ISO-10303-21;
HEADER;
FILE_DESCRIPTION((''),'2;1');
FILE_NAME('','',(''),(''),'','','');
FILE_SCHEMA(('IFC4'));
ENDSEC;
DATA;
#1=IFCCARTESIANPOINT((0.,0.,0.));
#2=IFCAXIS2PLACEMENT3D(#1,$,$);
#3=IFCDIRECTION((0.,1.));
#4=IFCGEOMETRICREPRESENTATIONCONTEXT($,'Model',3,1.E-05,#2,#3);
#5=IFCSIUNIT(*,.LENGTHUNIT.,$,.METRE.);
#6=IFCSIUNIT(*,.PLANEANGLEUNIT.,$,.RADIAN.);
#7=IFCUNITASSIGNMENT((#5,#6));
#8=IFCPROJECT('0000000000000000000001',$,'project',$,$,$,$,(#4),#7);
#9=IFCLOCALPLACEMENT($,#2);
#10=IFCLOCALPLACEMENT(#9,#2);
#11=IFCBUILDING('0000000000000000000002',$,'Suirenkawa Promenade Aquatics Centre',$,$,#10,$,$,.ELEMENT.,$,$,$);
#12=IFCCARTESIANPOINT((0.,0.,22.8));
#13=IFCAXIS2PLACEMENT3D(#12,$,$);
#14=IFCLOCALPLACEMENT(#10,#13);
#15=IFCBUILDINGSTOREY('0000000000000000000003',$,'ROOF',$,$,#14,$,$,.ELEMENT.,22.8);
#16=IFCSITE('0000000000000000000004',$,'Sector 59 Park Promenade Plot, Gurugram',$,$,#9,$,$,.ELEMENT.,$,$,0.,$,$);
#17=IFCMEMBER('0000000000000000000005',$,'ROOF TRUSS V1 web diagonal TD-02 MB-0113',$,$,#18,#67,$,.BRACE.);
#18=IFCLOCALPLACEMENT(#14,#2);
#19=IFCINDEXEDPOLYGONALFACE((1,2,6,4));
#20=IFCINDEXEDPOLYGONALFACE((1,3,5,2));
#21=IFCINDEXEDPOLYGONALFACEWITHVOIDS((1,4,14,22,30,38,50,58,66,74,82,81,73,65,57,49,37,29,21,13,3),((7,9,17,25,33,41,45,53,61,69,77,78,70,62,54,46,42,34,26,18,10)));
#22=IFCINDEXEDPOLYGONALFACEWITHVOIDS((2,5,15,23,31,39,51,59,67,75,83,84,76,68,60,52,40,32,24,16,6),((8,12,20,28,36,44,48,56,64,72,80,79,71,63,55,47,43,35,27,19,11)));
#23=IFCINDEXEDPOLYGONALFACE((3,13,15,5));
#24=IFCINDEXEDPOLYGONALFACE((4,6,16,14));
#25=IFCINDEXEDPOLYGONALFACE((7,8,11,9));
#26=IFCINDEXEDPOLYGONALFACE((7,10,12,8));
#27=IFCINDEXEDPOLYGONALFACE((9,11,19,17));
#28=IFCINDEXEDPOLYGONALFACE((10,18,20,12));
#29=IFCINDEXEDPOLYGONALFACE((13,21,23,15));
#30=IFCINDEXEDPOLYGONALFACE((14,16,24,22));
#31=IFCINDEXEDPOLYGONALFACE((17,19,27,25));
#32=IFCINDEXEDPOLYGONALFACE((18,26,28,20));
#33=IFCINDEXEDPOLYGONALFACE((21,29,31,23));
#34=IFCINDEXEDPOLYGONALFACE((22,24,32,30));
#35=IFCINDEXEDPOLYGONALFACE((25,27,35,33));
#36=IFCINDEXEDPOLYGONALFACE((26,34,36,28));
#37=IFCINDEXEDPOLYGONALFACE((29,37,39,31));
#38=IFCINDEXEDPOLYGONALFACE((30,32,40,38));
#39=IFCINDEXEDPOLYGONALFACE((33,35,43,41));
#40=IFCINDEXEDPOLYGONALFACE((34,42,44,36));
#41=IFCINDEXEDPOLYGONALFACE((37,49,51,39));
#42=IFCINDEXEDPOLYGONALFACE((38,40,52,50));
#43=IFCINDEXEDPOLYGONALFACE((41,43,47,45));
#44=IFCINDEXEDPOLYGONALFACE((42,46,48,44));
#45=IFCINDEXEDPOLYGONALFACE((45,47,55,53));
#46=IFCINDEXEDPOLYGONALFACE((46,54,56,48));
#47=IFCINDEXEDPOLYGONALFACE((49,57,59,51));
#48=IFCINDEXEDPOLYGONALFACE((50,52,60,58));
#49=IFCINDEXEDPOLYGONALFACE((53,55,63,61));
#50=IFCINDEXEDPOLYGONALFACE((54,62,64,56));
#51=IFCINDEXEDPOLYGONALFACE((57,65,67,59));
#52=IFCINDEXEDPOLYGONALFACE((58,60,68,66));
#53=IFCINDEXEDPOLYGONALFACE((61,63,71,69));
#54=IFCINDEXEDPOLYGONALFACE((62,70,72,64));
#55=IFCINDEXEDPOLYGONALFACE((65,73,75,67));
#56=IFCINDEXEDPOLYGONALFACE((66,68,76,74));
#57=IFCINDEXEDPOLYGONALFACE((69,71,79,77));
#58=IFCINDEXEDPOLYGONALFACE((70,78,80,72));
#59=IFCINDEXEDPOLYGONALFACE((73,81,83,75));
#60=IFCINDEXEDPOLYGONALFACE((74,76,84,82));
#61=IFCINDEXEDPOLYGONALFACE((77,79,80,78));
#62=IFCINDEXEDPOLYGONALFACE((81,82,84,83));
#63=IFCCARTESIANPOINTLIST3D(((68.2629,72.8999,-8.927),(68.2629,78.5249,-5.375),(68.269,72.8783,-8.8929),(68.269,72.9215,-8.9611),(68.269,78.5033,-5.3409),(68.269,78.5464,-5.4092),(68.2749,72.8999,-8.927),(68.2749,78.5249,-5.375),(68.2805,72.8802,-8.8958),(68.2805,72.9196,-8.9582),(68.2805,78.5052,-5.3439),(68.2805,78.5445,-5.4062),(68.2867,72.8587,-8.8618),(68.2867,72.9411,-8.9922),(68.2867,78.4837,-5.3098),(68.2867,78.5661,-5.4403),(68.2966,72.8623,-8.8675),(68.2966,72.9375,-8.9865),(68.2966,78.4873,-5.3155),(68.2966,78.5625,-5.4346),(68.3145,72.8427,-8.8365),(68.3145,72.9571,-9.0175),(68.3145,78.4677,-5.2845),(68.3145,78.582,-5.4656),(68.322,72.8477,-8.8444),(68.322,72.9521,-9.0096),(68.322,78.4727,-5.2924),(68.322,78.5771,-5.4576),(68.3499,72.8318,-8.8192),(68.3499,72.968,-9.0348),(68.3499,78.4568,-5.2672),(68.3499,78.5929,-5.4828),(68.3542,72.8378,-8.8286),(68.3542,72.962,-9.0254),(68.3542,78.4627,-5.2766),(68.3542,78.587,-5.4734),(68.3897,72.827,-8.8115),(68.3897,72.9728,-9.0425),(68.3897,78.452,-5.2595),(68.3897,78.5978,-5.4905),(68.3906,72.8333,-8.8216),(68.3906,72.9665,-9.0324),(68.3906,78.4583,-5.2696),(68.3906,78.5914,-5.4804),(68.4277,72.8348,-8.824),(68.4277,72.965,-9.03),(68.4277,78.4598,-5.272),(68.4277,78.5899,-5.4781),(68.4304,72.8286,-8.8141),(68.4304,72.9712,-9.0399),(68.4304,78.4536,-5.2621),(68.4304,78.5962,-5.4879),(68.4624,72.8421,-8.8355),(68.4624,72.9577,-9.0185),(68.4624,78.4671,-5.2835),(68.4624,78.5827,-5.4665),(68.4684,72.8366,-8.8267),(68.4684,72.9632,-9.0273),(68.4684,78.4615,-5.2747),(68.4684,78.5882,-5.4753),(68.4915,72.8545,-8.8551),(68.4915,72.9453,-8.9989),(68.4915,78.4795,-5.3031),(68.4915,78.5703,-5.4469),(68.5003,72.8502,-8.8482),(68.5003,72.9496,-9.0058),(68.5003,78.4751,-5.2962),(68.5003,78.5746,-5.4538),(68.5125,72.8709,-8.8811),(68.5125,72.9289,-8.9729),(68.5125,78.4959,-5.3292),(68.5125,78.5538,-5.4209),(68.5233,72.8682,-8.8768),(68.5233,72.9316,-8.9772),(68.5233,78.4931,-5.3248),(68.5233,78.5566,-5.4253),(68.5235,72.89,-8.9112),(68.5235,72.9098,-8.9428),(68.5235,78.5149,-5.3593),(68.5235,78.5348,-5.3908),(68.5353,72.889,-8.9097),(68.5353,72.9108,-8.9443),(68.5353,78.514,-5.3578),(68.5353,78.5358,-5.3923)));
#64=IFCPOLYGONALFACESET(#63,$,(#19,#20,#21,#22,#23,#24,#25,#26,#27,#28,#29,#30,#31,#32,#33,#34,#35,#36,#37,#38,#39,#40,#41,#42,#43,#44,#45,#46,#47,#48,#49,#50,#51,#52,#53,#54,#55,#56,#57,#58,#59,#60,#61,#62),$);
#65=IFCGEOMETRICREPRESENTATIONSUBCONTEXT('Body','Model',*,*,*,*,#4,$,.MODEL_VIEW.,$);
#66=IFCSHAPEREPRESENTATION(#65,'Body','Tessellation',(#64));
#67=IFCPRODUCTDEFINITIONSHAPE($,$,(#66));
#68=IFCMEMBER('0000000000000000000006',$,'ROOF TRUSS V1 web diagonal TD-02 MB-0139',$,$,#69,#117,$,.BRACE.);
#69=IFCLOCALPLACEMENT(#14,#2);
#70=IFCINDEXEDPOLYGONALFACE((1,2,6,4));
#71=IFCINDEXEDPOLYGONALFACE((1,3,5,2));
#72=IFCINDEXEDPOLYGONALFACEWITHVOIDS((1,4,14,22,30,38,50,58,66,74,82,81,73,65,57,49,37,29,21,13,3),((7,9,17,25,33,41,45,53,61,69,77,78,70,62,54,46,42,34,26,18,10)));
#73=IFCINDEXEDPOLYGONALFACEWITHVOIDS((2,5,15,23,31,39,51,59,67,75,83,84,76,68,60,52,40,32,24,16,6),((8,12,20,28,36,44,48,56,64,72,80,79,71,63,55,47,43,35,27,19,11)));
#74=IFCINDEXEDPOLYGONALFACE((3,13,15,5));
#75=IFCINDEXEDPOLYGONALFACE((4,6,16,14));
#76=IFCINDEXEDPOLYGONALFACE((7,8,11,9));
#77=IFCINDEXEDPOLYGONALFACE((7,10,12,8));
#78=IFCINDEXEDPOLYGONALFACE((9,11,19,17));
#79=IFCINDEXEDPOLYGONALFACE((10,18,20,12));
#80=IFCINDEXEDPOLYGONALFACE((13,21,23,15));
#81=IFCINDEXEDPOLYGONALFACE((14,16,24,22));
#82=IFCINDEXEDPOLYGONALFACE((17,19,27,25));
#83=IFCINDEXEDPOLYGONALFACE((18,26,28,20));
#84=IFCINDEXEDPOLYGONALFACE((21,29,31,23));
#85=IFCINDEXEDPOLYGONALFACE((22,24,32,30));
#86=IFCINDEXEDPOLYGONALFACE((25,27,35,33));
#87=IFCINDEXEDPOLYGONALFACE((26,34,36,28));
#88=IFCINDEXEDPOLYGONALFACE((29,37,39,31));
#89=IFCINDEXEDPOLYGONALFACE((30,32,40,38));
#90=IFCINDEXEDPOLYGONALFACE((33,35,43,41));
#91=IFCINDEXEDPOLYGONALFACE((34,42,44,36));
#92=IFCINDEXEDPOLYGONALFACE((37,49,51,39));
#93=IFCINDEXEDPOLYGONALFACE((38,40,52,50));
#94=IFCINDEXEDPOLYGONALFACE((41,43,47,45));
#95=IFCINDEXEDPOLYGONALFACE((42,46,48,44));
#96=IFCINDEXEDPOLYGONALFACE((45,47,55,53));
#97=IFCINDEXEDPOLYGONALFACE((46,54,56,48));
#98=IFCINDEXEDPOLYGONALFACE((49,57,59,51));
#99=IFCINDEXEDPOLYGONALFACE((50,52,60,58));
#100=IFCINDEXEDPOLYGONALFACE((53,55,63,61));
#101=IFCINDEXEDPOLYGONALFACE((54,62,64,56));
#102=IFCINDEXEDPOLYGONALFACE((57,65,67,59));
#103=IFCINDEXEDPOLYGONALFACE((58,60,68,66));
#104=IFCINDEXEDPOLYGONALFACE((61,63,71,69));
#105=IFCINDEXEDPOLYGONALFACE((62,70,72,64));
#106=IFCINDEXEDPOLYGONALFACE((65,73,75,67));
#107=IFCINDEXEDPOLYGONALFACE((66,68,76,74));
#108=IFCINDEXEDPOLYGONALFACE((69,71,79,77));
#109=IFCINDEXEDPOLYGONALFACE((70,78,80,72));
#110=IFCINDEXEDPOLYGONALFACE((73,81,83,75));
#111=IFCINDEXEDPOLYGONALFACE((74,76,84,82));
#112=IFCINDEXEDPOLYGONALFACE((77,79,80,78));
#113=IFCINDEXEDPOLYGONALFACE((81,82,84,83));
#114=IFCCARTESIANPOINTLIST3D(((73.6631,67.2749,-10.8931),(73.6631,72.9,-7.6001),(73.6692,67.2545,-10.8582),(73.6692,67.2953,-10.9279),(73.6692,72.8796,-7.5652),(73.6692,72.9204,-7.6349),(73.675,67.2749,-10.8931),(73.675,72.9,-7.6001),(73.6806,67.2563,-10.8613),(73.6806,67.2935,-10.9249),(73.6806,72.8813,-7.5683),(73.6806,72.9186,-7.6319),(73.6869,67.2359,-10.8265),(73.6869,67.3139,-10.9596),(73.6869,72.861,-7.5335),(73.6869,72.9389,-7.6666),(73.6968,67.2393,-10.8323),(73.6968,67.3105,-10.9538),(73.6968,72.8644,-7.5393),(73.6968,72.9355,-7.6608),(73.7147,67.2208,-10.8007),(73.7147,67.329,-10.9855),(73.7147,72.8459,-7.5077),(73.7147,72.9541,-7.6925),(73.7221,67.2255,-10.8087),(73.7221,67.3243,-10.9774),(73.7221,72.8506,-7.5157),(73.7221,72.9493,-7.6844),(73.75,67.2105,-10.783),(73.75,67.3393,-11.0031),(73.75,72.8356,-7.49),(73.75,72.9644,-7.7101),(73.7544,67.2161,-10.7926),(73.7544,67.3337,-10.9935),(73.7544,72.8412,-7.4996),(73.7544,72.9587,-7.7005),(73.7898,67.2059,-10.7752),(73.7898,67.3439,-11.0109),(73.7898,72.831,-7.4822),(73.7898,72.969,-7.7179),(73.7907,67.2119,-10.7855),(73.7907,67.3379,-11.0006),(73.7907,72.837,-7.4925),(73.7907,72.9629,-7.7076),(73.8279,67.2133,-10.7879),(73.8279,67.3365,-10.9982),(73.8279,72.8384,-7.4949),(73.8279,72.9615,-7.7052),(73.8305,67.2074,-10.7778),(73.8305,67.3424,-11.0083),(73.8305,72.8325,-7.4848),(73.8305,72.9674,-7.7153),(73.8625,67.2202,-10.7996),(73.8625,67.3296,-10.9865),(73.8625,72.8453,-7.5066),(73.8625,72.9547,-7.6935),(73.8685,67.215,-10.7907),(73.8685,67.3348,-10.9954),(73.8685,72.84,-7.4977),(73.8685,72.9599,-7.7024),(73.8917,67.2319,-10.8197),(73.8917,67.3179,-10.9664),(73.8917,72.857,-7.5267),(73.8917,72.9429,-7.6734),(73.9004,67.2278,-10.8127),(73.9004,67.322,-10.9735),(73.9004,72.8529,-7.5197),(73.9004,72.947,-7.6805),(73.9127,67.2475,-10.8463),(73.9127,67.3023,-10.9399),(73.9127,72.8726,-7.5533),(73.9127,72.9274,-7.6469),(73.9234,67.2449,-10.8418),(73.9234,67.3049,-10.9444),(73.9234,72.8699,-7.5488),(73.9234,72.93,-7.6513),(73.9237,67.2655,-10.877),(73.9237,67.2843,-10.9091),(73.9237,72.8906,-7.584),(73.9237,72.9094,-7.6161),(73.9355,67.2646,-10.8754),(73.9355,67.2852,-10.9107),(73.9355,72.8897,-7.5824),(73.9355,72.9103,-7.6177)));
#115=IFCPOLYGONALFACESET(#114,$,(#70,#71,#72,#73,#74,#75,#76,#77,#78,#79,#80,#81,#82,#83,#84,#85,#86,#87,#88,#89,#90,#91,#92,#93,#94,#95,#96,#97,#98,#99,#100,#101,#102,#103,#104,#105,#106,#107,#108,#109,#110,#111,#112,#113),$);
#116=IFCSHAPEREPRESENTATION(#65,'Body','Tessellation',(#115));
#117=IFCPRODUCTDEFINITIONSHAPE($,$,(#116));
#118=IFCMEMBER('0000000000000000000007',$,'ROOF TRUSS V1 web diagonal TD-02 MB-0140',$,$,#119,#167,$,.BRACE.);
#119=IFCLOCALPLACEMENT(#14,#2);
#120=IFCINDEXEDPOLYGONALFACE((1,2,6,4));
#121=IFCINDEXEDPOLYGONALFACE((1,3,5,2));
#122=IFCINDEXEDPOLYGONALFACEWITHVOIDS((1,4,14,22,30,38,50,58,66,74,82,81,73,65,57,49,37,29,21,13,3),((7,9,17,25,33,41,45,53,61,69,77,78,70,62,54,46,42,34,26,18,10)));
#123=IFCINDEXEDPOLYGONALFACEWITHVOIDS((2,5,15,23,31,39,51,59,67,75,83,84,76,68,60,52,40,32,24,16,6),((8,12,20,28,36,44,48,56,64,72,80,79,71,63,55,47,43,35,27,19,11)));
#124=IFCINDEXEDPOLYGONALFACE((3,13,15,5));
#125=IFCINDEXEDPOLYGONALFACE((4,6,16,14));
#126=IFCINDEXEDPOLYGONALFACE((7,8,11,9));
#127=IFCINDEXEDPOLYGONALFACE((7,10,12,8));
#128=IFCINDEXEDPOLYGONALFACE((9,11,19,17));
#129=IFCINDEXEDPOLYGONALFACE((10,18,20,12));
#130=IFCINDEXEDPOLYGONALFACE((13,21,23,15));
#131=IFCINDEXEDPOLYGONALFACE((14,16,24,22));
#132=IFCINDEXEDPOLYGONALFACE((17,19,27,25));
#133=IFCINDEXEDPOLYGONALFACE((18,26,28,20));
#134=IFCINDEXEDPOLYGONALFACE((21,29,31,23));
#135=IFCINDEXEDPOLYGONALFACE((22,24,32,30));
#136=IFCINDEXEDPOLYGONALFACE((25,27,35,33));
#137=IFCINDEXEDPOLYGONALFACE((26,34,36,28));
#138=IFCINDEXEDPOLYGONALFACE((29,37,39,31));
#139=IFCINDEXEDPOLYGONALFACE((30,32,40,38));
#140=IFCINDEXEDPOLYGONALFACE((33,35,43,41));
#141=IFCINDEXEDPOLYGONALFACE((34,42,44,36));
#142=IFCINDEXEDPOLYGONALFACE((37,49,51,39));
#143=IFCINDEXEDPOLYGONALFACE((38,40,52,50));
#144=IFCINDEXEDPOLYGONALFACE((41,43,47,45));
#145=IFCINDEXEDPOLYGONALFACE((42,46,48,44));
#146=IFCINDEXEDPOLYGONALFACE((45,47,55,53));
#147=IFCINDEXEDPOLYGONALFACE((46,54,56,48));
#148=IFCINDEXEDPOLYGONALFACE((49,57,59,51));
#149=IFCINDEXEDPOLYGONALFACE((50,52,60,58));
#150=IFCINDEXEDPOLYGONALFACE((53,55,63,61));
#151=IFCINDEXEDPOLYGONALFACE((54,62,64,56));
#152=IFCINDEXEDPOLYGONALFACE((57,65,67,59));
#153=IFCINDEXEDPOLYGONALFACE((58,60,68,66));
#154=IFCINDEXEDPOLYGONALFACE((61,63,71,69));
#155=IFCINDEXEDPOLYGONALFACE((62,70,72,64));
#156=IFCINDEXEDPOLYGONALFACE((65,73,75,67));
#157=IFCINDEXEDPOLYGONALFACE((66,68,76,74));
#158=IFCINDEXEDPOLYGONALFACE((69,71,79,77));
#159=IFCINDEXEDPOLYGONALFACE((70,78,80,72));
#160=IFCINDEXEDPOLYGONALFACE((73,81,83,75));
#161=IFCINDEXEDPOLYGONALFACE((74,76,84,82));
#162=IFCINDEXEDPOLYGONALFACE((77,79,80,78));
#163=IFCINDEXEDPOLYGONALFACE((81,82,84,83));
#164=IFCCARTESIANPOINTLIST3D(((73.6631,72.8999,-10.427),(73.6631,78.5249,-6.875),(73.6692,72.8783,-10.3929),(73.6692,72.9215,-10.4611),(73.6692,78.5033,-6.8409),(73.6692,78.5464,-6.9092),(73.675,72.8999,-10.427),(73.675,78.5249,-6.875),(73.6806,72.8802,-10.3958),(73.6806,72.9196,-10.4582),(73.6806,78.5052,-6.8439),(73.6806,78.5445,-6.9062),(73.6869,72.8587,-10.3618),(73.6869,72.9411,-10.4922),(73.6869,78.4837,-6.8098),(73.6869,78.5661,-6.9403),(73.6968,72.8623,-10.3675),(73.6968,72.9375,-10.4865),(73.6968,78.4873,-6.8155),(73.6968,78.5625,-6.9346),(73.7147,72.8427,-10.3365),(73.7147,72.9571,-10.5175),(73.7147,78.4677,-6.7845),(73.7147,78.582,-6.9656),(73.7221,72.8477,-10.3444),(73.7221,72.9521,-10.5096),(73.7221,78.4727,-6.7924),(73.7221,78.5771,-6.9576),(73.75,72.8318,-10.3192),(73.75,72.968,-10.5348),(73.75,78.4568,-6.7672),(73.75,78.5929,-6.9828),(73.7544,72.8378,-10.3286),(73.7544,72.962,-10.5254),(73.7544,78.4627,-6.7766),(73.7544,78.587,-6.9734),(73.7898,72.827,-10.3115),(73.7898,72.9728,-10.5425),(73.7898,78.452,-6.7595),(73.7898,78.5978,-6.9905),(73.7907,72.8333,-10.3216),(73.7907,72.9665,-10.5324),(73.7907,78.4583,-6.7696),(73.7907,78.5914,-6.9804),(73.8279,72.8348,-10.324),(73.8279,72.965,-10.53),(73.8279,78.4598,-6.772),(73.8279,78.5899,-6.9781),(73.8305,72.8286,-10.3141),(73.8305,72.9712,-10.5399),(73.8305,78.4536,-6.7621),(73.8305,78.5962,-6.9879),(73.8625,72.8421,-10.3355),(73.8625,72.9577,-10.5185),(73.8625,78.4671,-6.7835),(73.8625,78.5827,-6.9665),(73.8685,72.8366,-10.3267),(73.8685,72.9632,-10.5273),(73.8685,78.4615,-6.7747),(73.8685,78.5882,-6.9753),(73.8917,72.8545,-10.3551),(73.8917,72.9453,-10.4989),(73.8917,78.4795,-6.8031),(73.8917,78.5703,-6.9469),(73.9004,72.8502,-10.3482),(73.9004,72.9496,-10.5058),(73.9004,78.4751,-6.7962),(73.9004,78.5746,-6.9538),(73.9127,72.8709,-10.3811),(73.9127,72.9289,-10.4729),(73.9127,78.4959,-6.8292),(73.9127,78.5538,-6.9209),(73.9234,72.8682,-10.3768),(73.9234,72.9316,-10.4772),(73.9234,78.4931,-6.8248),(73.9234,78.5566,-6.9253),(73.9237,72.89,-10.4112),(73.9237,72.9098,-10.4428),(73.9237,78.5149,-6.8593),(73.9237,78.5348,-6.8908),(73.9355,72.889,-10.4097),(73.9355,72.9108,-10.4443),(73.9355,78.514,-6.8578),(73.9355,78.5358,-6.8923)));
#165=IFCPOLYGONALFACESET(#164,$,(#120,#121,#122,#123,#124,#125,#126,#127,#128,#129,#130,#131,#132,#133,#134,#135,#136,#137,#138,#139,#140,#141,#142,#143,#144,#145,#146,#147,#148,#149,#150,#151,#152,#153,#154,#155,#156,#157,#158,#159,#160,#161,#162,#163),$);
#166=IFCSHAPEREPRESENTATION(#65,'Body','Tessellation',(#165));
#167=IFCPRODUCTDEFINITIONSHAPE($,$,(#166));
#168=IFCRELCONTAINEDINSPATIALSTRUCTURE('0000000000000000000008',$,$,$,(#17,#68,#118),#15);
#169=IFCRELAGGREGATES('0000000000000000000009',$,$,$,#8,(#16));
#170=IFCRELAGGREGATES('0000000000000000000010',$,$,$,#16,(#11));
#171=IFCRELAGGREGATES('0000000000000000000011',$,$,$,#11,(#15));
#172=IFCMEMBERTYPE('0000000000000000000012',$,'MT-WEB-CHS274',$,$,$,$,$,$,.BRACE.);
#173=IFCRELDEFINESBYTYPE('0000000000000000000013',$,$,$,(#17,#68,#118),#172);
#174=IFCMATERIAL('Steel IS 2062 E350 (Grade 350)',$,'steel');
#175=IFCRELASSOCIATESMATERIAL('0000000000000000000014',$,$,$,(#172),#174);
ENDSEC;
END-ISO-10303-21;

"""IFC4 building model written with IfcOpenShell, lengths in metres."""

from ifc_helpers import new_model, si_unit, direction, frame, origin, origin_2d, place, context, subcontext, project, spatial, hollow_circle, extrude, material, material_profile, profile_set, type_object, element, save


model = new_model("IFC4")

# Units and contexts
model_context = context("Model", 3, precision=1e-05, world=origin(), true_north=direction((0.0, 1.0)))
body_context = subcontext(model_context, "Body", "Model", "MODEL_VIEW")
ifc_project = project(units=[si_unit("LENGTHUNIT", "METRE"), si_unit("PLANEANGLEUNIT", "RADIAN")], contexts=[model_context])

# Site, building, storey
site_placement = place(None, origin())
site = spatial("IfcSite", under=ifc_project, at=site_placement, Name="Sector 59 Park Promenade Plot, Gurugram", CompositionType="ELEMENT", RefElevation=0.0)
building_placement = place(site_placement, origin())
building = spatial("IfcBuilding", under=site, at=building_placement, Name="Suirenkawa Promenade Aquatics Centre", CompositionType="ELEMENT")
storey_placement = place(building_placement, frame((0.0, 0.0, 22.8)))
storey = spatial("IfcBuildingStorey", under=building, at=storey_placement, Name="ROOF", CompositionType="ELEMENT", Elevation=22.8)

# Shared definitions
ifc_material = material(Name="Steel IS 2062 E350 (Grade 350)", Category="steel")

# Members
ifc_material_profile_1 = material_profile(ifc_material, hollow_circle(Radius=0.137, WallThickness=0.012, at=origin_2d()), Name="CHS 274x12", Category="steel")
ifc_profile_set_1 = profile_set([ifc_material_profile_1], Name="Steel IS 2062 E350 (Grade 350)")
member_type_1 = type_object("IfcMemberType", Name="MT-WEB-CHS274", PredefinedType="BRACE", material=ifc_profile_set_1)
member_1_placement = place(storey_placement, frame((68.3999, 72.8999, -8.927), z_axis=(0.0, 0.845532, 0.533925), x_axis=(-1.0, 0.0, 0.0)))
element("IfcMember", 1, at=member_1_placement, inside=storey, type_object=member_type_1, Name="ROOF TRUSS V1 web diagonal TD-02 MB-0113", PredefinedType="BRACE", context=body_context, shape_type="SweptSolid", body=[
    extrude(hollow_circle(Radius=0.137, WallThickness=0.012, at=origin_2d()), origin(), (0.0, 0.0, 1.0), 6.6526),
])
member_2_placement = place(storey_placement, frame((73.8, 67.2749, -10.8931), z_axis=(0.0, 0.862995, 0.505212), x_axis=(-1.0, 0.0, 0.0)))
element("IfcMember", 2, at=member_2_placement, inside=storey, type_object=member_type_1, Name="ROOF TRUSS V1 web diagonal TD-02 MB-0139", PredefinedType="BRACE", context=body_context, shape_type="SweptSolid", body=[
    extrude(hollow_circle(Radius=0.137, WallThickness=0.012, at=origin_2d()), origin(), (0.0, 0.0, 1.0), 6.5181),
])
member_3_placement = place(storey_placement, frame((73.8, 72.8999, -10.427), z_axis=(0.0, 0.845532, 0.533925), x_axis=(-1.0, 0.0, 0.0)))
element("IfcMember", 3, at=member_3_placement, inside=storey, type_object=member_type_1, Name="ROOF TRUSS V1 web diagonal TD-02 MB-0140", PredefinedType="BRACE", context=body_context, shape_type="SweptSolid", body=[
    extrude(hollow_circle(Radius=0.137, WallThickness=0.012, at=origin_2d()), origin(), (0.0, 0.0, 1.0), 6.6526),
])

save(model, "model.ifc")
